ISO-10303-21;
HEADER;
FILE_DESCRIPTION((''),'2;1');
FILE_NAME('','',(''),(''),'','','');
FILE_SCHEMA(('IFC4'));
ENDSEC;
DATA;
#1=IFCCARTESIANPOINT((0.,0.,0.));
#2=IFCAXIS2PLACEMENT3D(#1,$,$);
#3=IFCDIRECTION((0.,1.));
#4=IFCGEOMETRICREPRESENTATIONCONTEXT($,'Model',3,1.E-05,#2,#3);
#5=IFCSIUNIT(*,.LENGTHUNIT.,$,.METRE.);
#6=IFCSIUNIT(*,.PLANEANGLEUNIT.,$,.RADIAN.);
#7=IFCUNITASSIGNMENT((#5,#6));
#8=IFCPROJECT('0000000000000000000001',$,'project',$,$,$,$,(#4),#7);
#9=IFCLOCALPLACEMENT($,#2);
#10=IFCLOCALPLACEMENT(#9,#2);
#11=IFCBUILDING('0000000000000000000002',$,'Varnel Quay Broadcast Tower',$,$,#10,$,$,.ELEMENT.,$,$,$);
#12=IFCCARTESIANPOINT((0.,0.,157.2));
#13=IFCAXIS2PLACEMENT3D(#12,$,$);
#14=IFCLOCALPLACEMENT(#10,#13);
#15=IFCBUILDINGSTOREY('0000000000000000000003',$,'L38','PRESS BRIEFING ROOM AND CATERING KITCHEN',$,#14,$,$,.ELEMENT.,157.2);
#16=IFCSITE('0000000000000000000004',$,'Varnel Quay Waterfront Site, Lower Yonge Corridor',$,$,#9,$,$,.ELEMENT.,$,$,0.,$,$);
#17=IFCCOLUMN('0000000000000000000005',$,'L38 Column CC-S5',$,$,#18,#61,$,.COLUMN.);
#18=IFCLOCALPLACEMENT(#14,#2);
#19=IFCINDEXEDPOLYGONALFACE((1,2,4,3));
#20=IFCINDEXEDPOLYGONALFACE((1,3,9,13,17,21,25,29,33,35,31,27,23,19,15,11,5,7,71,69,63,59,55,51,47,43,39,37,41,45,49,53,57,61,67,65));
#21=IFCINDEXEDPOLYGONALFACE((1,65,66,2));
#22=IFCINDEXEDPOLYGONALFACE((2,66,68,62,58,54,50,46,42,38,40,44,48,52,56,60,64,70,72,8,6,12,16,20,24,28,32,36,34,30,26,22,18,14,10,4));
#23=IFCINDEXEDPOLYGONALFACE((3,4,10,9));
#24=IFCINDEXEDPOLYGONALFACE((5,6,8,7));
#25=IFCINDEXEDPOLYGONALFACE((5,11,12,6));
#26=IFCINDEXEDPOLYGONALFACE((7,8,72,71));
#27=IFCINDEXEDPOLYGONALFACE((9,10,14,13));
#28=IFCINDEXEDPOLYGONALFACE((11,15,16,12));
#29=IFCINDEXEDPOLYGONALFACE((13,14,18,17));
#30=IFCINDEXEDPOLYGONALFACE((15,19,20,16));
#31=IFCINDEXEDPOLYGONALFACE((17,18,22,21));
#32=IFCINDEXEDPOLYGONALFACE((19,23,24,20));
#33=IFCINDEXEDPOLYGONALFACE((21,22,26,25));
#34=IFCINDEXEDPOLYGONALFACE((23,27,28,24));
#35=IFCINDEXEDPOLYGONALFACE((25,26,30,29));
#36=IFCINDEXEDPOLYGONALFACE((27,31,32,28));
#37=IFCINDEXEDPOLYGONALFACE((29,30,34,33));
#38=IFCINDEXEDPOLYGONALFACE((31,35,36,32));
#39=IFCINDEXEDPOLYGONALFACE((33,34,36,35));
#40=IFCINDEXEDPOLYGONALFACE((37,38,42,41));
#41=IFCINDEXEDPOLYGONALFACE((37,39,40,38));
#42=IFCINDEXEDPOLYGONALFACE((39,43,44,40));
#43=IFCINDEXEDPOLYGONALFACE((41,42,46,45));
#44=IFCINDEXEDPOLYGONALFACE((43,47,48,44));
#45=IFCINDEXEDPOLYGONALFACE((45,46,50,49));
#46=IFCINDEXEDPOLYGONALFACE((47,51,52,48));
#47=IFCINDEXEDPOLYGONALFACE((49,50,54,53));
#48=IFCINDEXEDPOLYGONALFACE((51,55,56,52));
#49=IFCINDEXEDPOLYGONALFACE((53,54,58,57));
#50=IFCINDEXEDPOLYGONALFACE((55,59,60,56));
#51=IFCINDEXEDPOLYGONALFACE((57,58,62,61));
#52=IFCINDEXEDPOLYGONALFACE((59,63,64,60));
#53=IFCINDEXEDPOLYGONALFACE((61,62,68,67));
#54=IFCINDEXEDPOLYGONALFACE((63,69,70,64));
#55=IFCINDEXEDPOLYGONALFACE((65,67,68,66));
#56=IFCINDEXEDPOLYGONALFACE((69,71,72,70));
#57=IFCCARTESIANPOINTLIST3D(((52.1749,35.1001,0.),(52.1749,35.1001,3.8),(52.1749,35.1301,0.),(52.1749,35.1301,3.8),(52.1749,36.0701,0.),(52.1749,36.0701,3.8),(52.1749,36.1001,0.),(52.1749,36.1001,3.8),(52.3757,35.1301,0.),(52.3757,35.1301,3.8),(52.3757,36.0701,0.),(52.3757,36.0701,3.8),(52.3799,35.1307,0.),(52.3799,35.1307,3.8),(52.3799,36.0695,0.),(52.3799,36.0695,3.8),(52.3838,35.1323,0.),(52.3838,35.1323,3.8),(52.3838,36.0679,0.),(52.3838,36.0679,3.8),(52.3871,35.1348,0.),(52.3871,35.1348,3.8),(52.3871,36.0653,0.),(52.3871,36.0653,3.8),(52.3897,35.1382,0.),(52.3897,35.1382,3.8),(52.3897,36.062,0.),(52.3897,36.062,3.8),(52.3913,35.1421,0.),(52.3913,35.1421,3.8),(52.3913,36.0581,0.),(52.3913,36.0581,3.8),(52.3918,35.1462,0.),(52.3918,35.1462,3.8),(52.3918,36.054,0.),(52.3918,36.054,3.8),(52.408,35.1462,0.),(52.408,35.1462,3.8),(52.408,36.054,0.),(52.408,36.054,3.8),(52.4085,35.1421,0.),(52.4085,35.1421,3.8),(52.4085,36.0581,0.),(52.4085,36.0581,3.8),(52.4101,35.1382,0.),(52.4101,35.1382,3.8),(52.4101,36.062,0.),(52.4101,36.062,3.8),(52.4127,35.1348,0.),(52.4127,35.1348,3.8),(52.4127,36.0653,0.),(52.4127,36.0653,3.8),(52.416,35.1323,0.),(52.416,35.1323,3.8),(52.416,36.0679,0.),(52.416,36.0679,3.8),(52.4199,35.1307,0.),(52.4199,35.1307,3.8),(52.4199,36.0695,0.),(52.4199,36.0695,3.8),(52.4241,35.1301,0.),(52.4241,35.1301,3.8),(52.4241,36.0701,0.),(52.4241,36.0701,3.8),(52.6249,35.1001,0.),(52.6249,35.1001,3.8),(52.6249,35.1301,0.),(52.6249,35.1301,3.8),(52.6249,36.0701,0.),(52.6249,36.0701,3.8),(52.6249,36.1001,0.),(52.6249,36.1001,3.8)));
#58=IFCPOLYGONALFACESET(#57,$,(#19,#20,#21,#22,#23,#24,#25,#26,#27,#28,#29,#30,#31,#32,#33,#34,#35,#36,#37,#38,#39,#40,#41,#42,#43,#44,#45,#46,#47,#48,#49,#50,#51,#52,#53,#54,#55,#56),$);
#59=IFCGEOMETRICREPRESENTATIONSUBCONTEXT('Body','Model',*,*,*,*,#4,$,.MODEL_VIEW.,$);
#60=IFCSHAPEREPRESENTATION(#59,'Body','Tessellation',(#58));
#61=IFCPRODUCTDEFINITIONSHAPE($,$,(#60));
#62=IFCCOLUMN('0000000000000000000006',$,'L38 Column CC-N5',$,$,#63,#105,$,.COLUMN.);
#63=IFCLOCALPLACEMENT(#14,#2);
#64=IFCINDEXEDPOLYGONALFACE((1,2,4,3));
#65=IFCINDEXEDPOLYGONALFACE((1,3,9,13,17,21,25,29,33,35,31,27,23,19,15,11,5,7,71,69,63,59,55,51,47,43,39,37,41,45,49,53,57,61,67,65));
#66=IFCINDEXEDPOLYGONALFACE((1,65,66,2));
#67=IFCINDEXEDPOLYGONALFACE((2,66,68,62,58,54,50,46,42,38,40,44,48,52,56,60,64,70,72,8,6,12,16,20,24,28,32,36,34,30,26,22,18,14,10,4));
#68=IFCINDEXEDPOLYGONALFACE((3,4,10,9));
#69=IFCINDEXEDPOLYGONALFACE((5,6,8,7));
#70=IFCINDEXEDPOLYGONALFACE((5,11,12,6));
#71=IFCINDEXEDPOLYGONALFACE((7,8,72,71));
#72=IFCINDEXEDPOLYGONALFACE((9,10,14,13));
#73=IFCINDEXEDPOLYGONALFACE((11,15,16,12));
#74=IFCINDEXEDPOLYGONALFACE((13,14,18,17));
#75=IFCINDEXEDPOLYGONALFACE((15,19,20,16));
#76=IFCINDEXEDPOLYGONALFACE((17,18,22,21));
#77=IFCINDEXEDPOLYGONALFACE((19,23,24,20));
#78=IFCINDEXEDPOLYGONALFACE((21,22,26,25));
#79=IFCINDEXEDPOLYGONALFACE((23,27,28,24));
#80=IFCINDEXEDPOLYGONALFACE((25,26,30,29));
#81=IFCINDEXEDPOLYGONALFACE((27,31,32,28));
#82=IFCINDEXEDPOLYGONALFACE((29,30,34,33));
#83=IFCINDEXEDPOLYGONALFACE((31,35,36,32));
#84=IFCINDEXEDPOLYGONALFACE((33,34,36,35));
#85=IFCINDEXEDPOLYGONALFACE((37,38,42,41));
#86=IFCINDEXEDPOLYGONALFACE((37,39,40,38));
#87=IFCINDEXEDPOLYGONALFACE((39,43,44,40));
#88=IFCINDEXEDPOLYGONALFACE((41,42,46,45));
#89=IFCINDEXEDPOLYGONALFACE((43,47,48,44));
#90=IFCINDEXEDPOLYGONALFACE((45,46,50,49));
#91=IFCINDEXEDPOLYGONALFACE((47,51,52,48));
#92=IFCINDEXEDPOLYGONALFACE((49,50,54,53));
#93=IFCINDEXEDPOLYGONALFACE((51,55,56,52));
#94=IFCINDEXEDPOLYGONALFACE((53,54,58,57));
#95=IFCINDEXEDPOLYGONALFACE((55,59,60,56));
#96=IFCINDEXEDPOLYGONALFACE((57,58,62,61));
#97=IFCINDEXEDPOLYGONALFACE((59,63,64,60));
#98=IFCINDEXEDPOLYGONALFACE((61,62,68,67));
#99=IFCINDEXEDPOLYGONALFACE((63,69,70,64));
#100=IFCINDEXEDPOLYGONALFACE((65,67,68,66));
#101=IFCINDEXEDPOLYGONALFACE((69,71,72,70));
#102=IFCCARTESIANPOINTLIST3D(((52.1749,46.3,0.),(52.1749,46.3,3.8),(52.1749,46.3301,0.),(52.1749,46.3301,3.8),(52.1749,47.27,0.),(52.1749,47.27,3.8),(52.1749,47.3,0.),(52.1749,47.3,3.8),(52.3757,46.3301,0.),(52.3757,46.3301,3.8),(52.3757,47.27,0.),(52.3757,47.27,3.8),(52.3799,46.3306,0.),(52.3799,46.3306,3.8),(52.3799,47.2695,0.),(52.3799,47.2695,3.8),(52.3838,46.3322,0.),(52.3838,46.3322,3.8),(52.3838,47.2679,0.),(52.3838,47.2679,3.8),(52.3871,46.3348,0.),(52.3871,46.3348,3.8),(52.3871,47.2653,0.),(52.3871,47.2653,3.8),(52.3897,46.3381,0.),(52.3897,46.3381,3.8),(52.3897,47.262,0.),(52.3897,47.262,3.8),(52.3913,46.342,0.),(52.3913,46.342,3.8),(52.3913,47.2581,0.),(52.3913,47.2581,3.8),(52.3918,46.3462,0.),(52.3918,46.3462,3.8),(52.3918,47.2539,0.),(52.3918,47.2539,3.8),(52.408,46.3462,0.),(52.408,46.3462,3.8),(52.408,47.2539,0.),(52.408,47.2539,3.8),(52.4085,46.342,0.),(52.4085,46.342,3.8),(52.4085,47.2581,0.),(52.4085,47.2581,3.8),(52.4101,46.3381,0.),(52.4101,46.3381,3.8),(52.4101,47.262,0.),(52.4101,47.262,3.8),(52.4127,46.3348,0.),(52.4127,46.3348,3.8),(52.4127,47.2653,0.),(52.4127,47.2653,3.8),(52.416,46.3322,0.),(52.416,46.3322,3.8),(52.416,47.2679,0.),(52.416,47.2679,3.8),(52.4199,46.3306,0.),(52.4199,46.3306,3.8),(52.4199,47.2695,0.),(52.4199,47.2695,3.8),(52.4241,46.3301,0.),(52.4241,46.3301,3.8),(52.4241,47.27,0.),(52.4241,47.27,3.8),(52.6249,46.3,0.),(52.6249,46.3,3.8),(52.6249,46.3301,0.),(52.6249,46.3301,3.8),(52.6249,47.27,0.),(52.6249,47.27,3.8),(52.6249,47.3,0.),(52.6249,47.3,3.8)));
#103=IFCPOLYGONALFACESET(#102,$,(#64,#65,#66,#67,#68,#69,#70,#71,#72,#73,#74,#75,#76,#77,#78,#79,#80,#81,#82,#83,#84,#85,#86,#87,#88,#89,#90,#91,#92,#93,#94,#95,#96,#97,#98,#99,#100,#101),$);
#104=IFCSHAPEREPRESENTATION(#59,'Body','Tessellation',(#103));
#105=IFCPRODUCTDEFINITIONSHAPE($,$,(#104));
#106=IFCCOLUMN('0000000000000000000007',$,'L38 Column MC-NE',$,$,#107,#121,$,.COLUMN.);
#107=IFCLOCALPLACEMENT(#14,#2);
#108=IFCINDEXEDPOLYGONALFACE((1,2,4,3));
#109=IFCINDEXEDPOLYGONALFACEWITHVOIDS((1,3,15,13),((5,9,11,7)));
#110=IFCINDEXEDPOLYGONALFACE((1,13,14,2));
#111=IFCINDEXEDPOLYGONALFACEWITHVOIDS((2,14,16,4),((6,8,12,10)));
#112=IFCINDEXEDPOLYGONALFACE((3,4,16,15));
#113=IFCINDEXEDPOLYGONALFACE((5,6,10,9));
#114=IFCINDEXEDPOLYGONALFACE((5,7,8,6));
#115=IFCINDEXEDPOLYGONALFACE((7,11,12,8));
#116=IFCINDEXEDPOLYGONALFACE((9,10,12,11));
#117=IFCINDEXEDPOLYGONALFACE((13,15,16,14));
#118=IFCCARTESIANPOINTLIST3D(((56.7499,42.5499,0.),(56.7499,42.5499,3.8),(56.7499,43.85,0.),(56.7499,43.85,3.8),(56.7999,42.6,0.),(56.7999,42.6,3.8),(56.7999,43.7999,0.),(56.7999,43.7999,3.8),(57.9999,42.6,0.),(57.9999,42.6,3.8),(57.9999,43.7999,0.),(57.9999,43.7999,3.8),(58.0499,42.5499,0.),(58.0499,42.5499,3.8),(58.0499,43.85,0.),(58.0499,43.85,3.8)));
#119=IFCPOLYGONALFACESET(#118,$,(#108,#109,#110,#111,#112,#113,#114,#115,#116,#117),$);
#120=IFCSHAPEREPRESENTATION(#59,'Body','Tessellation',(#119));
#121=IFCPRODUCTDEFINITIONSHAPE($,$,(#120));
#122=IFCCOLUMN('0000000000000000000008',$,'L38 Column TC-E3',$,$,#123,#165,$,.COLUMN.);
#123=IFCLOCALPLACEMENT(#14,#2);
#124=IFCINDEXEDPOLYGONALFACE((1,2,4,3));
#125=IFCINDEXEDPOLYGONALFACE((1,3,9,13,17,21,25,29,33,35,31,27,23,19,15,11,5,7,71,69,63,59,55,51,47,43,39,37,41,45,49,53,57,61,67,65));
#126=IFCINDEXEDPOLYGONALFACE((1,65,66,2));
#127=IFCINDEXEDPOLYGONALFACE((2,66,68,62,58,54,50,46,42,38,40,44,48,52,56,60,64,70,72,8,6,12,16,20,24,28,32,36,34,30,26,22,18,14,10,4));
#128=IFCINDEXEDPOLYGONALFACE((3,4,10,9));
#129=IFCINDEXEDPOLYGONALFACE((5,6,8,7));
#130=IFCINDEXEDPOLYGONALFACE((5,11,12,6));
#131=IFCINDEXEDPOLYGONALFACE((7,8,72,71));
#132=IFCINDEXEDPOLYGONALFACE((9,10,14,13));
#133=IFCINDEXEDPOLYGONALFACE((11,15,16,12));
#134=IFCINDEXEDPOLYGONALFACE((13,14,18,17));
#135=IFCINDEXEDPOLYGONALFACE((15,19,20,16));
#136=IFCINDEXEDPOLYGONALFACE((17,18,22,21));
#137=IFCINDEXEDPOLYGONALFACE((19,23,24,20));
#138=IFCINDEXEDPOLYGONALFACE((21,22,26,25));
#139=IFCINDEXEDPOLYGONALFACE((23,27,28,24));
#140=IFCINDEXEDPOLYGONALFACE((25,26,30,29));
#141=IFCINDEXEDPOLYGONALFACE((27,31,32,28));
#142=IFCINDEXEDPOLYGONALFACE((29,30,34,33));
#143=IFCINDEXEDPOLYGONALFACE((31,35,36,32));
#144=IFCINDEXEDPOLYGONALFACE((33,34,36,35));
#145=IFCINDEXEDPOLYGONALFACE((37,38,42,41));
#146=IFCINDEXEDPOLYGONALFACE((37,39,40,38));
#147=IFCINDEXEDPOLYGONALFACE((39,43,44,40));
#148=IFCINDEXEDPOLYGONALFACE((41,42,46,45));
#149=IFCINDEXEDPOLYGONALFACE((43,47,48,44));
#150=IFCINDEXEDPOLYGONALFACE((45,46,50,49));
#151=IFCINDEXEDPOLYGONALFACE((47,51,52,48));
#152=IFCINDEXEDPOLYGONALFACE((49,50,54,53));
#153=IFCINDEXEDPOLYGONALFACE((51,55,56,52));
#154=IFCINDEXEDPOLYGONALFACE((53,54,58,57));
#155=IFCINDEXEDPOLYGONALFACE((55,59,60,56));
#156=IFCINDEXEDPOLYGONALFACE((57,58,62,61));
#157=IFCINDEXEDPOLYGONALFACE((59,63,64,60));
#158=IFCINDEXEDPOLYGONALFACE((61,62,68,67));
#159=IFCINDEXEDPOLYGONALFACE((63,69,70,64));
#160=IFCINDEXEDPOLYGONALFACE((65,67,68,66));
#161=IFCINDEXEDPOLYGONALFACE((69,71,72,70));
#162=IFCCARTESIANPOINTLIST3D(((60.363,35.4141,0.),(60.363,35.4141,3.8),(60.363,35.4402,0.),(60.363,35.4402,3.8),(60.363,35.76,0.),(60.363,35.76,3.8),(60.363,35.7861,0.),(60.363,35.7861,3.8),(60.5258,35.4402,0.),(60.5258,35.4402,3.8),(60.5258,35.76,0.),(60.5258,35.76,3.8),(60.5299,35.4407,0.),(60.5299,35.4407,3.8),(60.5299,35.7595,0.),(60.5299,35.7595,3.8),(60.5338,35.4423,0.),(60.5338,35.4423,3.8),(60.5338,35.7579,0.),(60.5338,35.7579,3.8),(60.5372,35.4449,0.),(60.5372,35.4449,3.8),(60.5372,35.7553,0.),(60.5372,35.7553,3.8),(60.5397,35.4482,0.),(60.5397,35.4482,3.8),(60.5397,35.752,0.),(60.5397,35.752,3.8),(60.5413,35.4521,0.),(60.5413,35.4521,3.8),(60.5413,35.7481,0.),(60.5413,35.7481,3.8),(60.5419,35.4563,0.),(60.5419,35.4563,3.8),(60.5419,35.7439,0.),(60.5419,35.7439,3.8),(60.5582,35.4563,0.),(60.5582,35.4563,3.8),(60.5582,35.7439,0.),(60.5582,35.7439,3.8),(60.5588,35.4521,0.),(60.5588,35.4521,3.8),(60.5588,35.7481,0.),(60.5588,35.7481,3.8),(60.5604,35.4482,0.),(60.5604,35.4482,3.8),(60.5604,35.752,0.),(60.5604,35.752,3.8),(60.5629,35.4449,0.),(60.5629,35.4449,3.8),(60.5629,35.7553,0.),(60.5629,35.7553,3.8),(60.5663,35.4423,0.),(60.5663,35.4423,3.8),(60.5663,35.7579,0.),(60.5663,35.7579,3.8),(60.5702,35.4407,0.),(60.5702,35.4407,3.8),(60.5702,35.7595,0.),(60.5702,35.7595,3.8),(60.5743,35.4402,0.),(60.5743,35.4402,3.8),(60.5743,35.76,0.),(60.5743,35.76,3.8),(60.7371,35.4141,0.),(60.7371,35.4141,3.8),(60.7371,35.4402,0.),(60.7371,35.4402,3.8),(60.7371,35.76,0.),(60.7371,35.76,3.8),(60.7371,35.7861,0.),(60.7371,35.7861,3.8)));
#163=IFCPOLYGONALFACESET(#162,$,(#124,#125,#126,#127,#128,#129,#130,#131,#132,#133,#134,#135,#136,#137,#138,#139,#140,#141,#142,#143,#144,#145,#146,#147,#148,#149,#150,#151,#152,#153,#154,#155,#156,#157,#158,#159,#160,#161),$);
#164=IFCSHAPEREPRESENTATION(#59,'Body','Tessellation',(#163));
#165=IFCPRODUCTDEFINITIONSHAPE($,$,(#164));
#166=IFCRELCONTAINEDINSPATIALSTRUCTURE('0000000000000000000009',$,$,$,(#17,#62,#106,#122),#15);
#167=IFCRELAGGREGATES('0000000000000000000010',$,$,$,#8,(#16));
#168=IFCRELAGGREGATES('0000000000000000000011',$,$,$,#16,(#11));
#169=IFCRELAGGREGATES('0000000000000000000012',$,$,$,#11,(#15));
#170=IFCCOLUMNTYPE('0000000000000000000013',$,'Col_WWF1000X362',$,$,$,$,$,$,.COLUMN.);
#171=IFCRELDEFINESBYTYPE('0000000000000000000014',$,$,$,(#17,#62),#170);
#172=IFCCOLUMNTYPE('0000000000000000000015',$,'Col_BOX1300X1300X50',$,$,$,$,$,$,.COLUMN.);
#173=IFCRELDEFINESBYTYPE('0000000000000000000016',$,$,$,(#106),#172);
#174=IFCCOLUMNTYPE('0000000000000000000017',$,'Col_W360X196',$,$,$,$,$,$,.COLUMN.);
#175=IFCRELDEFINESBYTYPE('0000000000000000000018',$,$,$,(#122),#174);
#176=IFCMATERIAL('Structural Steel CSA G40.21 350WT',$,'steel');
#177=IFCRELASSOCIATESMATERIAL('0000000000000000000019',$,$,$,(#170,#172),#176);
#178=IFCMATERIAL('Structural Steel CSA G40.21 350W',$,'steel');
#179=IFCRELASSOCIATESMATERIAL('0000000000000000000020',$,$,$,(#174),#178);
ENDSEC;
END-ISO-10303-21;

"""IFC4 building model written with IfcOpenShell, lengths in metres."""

from ifc_helpers import new_model, si_unit, direction, frame, origin, origin_2d, place, context, subcontext, project, spatial, hollow_rectangle, i_section, extrude, source, transform, mapped, material, material_profile, profile_set, type_object, type_shapes, element, save


model = new_model("IFC4")

# Units and contexts
model_context = context("Model", 3, precision=1e-05, world=origin(), true_north=direction((0.0, 1.0)))
body_context = subcontext(model_context, "Body", "Model", "MODEL_VIEW")
ifc_project = project(units=[si_unit("LENGTHUNIT", "METRE"), si_unit("PLANEANGLEUNIT", "RADIAN")], contexts=[model_context])

# Site, building, storey
site_placement = place(None, origin())
site = spatial("IfcSite", under=ifc_project, at=site_placement, Name="Varnel Quay Waterfront Site, Lower Yonge Corridor", CompositionType="ELEMENT", RefElevation=0.0)
building_placement = place(site_placement, origin())
building = spatial("IfcBuilding", under=site, at=building_placement, Name="Varnel Quay Broadcast Tower", CompositionType="ELEMENT")
storey_placement = place(building_placement, frame((0.0, 0.0, 157.2)))
storey = spatial("IfcBuildingStorey", under=building, at=storey_placement, Name="L38", Description="PRESS BRIEFING ROOM AND CATERING KITCHEN", CompositionType="ELEMENT", Elevation=157.2)

# Columns
ifc_material_1 = material(Name="Structural Steel CSA G40.21 350WT", Category="steel")
ifc_material_profile_1 = material_profile(ifc_material_1, i_section(OverallWidth=0.45, OverallDepth=1.0, WebThickness=0.0161, FlangeThickness=0.03, FilletRadius=0.0161, at=origin_2d()), Name="WWF1000X362")
ifc_profile_set_1 = profile_set([ifc_material_profile_1], Name="Structural Steel CSA G40.21 350WT")
column_type_1 = type_object("IfcColumnType", Name="Col_WWF1000X362", PredefinedType="COLUMN", material=ifc_profile_set_1)
shared_shape_1 = source(origin(), body_context, "Body", "SweptSolid", [
    extrude(i_section(OverallWidth=0.45, OverallDepth=1.0, WebThickness=0.0161, FlangeThickness=0.03, FilletRadius=0.0161, at=origin_2d()), origin(), (0.0, 0.0, 1.0), 3.8),
])
type_shapes(column_type_1, [shared_shape_1])
for number, where, z_axis, x_axis, name in (
    (1, (52.3999, 35.6001, 0.0), (0.0, 0.0, 1.0), (1.0, 0.0, 0.0), "L38 Column CC-S5"),
    (2, (52.3999, 46.8, 0.0), (0.0, 0.0, 1.0), (1.0, 0.0, 0.0), "L38 Column CC-N5"),
):
    element("IfcColumn", number, at=place(storey_placement, frame(where, z_axis=z_axis, x_axis=x_axis)), inside=storey, type_object=column_type_1, Name=name, PredefinedType="COLUMN", context=body_context, shape_type="MappedRepresentation", body=[
        mapped(shared_shape_1, transform((0.0, 0.0, 0.0), x_axis=(1.0, 0.0, 0.0), y_axis=(0.0, 1.0, 0.0), z_axis=(0.0, 0.0, 1.0), scale=1.0)),
    ])
ifc_material_profile_2 = material_profile(ifc_material_1, hollow_rectangle(XDim=1.3, YDim=1.3, WallThickness=0.05, at=origin_2d()), Name="BOX1300X1300X50")
ifc_profile_set_2 = profile_set([ifc_material_profile_2], Name="Structural Steel CSA G40.21 350WT")
column_type_2 = type_object("IfcColumnType", Name="Col_BOX1300X1300X50", PredefinedType="COLUMN", material=ifc_profile_set_2)
shared_shape_2 = source(origin(), body_context, "Body", "SweptSolid", [
    extrude(hollow_rectangle(XDim=1.3, YDim=1.3, WallThickness=0.05, at=origin_2d()), origin(), (0.0, 0.0, 1.0), 3.8),
])
type_shapes(column_type_2, [shared_shape_2])
column_1_placement = place(storey_placement, frame((57.3999, 43.2, 0.0), z_axis=(0.0, 0.0, 1.0), x_axis=(1.0, 0.0, 0.0)))
element("IfcColumn", 3, at=column_1_placement, inside=storey, type_object=column_type_2, Name="L38 Column MC-NE", PredefinedType="COLUMN", context=body_context, shape_type="MappedRepresentation", body=[
    mapped(shared_shape_2, transform((0.0, 0.0, 0.0), x_axis=(1.0, 0.0, 0.0), y_axis=(0.0, 1.0, 0.0), z_axis=(0.0, 0.0, 1.0), scale=1.0)),
])
ifc_material_2 = material(Name="Structural Steel CSA G40.21 350W", Category="steel")
ifc_material_profile_3 = material_profile(ifc_material_2, i_section(OverallWidth=0.374, OverallDepth=0.3721, WebThickness=0.0164, FlangeThickness=0.0261, FilletRadius=0.0161, at=origin_2d()), Name="W360X196")
ifc_profile_set_3 = profile_set([ifc_material_profile_3], Name="Structural Steel CSA G40.21 350W")
column_type_3 = type_object("IfcColumnType", Name="Col_W360X196", PredefinedType="COLUMN", material=ifc_profile_set_3)
shared_shape_3 = source(origin(), body_context, "Body", "SweptSolid", [
    extrude(i_section(OverallWidth=0.374, OverallDepth=0.3721, WebThickness=0.0164, FlangeThickness=0.0261, FilletRadius=0.0161, at=origin_2d()), origin(), (0.0, 0.0, 1.0), 3.8),
])
type_shapes(column_type_3, [shared_shape_3])
column_2_placement = place(storey_placement, frame((60.55, 35.6001, 0.0), z_axis=(0.0, 0.0, 1.0), x_axis=(1.0, 0.0, 0.0)))
element("IfcColumn", 4, at=column_2_placement, inside=storey, type_object=column_type_3, Name="L38 Column TC-E3", PredefinedType="COLUMN", context=body_context, shape_type="MappedRepresentation", body=[
    mapped(shared_shape_3, transform((0.0, 0.0, 0.0), x_axis=(1.0, 0.0, 0.0), y_axis=(0.0, 1.0, 0.0), z_axis=(0.0, 0.0, 1.0), scale=1.0)),
])

save(model, "model.ifc")
